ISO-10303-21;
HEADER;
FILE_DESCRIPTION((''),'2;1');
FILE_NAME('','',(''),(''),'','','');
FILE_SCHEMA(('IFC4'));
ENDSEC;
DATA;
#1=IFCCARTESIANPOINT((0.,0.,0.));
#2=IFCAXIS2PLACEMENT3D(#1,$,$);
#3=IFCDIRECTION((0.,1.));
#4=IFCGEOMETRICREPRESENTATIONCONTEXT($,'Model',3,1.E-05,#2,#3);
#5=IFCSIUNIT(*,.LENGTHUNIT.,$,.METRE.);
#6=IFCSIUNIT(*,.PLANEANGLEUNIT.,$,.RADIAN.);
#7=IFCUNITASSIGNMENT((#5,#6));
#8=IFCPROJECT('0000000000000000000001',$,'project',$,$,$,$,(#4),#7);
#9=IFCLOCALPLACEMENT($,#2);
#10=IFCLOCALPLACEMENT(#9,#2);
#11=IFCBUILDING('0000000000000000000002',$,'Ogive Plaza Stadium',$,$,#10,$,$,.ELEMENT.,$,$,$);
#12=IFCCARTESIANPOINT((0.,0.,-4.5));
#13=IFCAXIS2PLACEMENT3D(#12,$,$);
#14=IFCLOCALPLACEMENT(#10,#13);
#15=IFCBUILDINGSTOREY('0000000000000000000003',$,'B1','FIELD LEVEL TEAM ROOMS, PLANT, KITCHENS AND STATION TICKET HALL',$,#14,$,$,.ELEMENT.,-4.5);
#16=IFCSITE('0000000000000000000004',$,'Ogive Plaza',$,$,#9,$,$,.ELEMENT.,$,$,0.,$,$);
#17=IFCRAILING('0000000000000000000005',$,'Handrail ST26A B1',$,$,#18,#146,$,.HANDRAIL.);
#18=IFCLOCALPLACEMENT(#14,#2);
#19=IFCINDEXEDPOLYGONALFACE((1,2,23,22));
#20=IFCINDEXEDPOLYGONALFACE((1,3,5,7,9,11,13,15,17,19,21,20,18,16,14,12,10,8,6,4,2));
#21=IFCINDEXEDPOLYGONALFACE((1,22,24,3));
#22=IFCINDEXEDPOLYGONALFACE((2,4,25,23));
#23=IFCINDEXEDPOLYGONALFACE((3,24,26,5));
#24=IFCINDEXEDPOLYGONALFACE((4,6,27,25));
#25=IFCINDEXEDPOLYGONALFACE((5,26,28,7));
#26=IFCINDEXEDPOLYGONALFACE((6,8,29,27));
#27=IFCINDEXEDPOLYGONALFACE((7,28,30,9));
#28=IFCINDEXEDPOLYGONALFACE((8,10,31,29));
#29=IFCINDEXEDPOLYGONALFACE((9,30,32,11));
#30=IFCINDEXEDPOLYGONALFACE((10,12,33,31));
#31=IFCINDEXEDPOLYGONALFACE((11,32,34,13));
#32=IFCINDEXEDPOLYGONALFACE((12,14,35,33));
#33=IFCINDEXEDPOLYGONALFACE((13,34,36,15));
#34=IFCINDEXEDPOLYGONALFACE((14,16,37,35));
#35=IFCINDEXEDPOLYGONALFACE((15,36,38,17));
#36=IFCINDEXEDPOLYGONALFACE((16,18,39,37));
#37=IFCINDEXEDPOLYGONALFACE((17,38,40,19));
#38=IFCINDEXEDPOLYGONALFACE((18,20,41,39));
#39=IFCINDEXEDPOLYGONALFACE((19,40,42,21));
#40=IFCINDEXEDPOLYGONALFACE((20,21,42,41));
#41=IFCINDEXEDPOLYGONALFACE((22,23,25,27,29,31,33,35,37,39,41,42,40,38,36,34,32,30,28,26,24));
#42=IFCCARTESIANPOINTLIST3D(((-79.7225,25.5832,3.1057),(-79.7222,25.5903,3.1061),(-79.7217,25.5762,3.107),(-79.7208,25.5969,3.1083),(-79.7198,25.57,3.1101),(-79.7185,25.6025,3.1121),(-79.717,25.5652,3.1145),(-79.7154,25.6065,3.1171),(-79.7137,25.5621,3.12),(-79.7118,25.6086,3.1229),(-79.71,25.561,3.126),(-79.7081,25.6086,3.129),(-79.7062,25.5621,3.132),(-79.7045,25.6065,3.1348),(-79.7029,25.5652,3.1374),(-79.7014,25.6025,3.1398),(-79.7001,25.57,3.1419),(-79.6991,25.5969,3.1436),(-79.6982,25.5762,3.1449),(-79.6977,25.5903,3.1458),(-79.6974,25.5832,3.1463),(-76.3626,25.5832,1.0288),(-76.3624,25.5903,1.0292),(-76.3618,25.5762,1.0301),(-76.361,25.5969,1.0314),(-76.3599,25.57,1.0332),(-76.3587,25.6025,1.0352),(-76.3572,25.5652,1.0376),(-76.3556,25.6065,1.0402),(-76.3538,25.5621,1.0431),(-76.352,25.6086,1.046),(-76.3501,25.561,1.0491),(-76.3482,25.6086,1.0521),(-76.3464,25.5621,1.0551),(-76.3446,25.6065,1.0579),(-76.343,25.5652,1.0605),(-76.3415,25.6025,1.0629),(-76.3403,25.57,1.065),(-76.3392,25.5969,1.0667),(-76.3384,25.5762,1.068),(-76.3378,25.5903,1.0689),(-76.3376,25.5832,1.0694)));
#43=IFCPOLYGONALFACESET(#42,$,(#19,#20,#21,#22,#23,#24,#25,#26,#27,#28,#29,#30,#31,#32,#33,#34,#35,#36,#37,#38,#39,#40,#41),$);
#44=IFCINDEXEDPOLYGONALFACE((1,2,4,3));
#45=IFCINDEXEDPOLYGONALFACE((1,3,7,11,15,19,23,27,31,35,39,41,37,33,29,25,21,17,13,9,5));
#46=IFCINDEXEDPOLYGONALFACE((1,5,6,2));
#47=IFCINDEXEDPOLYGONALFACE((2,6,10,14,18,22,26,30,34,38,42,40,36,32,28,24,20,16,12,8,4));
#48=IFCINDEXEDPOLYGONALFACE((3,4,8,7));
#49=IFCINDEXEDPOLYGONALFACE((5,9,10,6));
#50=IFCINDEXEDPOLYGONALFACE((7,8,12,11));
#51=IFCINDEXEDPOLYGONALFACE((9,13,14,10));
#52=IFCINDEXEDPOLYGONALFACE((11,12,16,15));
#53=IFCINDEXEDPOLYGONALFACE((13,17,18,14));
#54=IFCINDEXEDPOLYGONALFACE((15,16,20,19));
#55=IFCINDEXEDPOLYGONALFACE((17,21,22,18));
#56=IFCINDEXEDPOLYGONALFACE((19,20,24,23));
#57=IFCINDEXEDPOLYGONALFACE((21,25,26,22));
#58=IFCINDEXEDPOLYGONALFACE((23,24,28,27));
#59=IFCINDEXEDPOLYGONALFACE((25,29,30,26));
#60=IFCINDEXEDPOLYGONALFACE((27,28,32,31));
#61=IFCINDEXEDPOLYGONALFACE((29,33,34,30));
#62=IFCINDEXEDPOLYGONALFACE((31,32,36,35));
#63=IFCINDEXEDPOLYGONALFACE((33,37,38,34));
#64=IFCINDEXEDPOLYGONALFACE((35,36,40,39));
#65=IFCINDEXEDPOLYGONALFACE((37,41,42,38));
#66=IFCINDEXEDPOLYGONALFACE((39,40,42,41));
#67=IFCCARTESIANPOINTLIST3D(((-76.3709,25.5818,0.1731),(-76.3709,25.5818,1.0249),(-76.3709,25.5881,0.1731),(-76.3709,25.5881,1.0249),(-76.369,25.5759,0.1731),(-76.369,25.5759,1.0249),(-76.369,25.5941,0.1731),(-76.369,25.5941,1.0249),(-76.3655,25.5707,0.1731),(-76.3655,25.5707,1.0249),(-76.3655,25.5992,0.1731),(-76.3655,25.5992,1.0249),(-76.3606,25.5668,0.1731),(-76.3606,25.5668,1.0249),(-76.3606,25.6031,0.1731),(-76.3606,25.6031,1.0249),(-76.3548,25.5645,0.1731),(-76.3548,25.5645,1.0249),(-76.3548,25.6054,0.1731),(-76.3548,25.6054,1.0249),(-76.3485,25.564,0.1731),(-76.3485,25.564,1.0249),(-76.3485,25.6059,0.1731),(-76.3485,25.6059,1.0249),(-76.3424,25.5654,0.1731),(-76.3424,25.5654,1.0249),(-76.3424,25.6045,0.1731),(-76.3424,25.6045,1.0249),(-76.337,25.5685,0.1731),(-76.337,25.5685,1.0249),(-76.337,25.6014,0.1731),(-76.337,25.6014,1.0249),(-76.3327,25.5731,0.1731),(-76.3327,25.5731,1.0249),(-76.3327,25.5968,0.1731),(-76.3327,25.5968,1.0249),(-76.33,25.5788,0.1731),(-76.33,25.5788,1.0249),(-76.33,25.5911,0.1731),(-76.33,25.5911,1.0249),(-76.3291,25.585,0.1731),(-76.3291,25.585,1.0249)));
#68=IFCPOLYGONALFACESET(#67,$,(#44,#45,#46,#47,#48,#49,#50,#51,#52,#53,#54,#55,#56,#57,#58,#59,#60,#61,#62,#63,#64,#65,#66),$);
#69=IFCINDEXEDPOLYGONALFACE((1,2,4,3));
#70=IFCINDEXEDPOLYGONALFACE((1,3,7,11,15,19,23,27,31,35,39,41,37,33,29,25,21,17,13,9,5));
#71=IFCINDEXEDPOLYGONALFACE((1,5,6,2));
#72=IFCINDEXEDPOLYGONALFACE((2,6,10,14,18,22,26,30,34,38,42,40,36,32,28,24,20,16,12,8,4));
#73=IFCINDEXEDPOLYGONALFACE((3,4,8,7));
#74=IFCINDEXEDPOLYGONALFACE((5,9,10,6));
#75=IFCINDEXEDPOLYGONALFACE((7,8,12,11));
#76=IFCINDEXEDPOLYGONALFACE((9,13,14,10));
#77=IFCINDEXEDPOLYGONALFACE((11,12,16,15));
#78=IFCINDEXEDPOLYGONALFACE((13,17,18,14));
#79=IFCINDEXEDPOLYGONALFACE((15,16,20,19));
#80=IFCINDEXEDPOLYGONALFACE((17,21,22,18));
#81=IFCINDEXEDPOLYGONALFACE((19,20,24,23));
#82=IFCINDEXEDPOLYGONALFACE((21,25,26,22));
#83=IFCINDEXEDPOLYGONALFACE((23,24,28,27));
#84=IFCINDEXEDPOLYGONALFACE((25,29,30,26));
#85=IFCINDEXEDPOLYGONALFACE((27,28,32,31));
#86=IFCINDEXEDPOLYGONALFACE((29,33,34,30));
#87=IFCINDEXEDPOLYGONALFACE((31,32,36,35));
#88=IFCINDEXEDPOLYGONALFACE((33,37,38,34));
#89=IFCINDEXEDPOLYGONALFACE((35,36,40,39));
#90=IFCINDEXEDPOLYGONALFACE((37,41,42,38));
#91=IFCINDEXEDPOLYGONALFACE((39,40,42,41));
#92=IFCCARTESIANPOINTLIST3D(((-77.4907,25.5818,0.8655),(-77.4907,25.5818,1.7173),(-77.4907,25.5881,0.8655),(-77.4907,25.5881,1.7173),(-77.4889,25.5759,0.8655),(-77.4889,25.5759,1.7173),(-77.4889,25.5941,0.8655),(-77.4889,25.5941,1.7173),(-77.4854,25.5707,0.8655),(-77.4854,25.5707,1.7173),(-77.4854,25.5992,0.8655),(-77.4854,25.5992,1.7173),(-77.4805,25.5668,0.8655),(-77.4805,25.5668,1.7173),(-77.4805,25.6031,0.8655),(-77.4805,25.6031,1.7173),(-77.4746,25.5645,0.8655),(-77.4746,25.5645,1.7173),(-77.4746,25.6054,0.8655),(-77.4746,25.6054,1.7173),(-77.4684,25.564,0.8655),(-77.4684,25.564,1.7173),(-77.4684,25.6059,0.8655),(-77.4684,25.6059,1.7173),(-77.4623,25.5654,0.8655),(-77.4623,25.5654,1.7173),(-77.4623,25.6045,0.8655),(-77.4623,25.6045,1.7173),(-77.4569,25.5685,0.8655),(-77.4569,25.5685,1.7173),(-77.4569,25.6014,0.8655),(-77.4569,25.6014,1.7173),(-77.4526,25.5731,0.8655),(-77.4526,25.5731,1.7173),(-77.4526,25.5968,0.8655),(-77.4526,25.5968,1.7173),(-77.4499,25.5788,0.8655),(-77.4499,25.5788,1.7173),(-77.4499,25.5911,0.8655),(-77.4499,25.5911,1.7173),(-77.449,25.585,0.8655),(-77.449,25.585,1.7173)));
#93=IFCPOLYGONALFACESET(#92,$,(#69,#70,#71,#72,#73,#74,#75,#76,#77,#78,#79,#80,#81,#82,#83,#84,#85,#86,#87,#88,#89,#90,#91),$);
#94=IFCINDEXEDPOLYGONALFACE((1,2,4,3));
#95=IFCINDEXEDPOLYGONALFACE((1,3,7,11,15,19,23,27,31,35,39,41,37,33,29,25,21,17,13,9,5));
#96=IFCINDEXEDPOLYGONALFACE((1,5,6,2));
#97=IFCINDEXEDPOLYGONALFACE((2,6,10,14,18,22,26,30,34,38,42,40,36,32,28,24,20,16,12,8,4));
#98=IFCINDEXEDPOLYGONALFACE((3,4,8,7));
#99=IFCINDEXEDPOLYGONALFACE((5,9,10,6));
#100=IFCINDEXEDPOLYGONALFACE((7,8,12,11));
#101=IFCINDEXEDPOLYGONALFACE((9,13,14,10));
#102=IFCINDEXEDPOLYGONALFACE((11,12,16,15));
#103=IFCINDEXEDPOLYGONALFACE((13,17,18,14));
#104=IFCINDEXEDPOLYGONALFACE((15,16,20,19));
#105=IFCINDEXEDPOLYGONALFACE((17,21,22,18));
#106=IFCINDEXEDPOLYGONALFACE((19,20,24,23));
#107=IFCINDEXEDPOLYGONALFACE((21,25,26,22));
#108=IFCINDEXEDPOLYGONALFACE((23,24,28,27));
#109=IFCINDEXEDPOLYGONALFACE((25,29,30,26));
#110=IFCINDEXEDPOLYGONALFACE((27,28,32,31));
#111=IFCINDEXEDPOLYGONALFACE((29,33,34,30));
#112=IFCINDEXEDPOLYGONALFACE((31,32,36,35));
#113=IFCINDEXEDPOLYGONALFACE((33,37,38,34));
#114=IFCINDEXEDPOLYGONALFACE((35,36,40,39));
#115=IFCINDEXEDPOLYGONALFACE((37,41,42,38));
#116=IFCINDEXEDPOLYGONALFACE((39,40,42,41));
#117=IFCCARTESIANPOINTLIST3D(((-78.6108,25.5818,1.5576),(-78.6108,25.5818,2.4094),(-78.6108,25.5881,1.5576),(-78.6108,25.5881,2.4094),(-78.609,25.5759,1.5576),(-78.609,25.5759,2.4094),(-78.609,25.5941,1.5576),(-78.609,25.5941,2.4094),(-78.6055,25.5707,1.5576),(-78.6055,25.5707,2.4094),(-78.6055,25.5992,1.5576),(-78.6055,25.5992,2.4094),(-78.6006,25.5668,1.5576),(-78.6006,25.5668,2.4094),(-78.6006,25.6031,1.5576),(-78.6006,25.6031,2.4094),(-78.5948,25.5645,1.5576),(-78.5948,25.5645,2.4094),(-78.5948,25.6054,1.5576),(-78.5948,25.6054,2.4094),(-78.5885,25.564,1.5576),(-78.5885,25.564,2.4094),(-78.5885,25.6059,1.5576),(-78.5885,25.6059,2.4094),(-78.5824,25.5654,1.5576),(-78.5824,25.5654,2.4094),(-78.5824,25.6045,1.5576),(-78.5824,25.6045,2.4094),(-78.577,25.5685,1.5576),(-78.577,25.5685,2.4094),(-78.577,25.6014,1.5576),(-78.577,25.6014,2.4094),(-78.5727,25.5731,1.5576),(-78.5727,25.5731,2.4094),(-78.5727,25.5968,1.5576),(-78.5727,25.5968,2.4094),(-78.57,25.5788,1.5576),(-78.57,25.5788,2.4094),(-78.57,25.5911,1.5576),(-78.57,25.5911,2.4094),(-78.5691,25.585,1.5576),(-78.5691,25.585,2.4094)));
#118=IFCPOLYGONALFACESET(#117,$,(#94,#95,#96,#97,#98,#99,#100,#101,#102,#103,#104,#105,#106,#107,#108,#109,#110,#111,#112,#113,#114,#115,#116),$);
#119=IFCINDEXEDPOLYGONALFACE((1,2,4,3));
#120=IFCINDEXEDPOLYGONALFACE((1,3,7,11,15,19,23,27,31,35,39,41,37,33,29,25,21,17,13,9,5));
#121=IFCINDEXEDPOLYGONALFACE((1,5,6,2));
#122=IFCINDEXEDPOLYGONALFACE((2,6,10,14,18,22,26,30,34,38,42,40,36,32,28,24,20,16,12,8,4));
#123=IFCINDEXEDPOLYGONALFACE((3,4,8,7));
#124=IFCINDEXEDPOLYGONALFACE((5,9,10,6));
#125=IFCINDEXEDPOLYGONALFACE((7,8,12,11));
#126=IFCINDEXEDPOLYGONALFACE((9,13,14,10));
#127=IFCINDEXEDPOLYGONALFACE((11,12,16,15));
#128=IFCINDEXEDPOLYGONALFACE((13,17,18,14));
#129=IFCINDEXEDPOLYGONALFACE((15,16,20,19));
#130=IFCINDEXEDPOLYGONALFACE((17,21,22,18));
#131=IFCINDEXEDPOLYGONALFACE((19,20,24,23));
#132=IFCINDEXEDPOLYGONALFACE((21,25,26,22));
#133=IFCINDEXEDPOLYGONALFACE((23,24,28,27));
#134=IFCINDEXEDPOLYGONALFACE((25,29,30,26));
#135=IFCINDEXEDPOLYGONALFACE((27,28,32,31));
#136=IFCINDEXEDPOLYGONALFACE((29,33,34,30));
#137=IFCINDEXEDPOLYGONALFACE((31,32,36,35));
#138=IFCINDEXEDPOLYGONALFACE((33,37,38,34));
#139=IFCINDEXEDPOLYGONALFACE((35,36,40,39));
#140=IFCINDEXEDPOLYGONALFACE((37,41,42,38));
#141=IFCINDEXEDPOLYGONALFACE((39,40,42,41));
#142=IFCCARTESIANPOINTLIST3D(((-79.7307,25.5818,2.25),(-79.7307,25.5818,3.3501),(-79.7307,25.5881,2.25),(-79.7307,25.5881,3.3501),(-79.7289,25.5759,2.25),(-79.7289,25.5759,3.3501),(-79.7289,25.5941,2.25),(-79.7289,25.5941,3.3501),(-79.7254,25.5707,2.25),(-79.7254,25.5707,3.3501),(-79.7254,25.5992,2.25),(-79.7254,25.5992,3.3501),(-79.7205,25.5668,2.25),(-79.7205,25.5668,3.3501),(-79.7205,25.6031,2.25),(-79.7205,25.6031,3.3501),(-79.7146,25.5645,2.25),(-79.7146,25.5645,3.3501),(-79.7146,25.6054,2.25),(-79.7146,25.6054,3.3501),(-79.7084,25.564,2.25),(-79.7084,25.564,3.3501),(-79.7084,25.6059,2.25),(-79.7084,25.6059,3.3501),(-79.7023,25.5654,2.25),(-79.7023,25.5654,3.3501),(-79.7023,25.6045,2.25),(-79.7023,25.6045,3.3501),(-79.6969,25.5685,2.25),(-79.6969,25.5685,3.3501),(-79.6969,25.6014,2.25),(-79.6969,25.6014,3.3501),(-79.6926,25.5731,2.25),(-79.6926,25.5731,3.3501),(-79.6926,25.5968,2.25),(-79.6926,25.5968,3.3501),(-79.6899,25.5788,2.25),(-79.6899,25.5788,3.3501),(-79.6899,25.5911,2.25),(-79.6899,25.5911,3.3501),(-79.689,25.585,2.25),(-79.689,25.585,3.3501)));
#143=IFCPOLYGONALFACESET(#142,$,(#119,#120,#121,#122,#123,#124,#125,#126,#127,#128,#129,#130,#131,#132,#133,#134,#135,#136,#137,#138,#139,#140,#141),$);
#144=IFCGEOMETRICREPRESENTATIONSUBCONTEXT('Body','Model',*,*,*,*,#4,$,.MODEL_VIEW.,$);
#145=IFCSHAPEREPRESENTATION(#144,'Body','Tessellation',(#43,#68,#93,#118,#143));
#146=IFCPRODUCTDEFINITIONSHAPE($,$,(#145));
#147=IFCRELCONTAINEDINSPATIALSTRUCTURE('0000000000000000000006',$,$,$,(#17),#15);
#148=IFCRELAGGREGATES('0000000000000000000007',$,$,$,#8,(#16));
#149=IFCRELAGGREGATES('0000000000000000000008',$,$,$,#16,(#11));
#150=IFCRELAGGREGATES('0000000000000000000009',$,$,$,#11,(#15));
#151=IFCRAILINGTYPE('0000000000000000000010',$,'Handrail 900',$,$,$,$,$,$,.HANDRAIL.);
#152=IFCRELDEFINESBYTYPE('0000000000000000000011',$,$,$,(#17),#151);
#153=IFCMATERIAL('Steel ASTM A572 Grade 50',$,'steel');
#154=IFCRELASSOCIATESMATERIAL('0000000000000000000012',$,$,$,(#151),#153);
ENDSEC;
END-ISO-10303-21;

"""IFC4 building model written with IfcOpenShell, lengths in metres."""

from ifc_helpers import new_model, si_unit, direction, frame, origin, origin_2d, place, context, subcontext, project, spatial, circle, extrude, material, type_object, element, save


model = new_model("IFC4")

# Units and contexts
model_context = context("Model", 3, precision=1e-05, world=origin(), true_north=direction((0.0, 1.0)))
body_context = subcontext(model_context, "Body", "Model", "MODEL_VIEW")
ifc_project = project(units=[si_unit("LENGTHUNIT", "METRE"), si_unit("PLANEANGLEUNIT", "RADIAN")], contexts=[model_context])

# Site, building, storey
site_placement = place(None, origin())
site = spatial("IfcSite", under=ifc_project, at=site_placement, Name="Ogive Plaza", CompositionType="ELEMENT", RefElevation=0.0)
building_placement = place(site_placement, origin())
building = spatial("IfcBuilding", under=site, at=building_placement, Name="Ogive Plaza Stadium", CompositionType="ELEMENT")
storey_placement = place(building_placement, frame((0.0, 0.0, -4.5)))
storey = spatial("IfcBuildingStorey", under=building, at=storey_placement, Name="B1", Description="FIELD LEVEL TEAM ROOMS, PLANT, KITCHENS AND STATION TICKET HALL", CompositionType="ELEMENT", Elevation=-4.5)

# Railing
ifc_material_1 = material(Name="Steel ASTM A572 Grade 50", Category="steel")
railing_type_1 = type_object("IfcRailingType", Name="Handrail 900", PredefinedType="HANDRAIL", material=ifc_material_1)
for number, where, name in (
    (1, (-76.3501, 25.585, 0.1731), "Handrail ST26A B1"),
):
    element("IfcRailing", number, at=place(storey_placement, frame(where)), inside=storey, type_object=railing_type_1, Name=name, PredefinedType="HANDRAIL", context=body_context, shape_type="SweptSolid", body=[
        extrude(circle(Radius=0.0239, at=origin_2d()), frame((0.0, 0.0, 0.876), z_axis=(-0.850606, 0.0, 0.525803), x_axis=(0.0, -1.0, 0.0)), (0.0, 0.0, 1.0), 3.95),
        extrude(circle(Radius=0.021, at=origin_2d()), origin(), (0.0, 0.0, 1.0), 0.8518),
        extrude(circle(Radius=0.021, at=origin_2d()), frame((-1.1199, 0.0, 0.6924)), (0.0, 0.0, 1.0), 0.8518),
        extrude(circle(Radius=0.021, at=origin_2d()), frame((-2.24, 0.0, 1.3845)), (0.0, 0.0, 1.0), 0.8518),
        extrude(circle(Radius=0.021, at=origin_2d()), frame((-3.3599, 0.0, 2.0769)), (0.0, 0.0, 1.0), 1.1001),
    ])

save(model, "model.ifc")
